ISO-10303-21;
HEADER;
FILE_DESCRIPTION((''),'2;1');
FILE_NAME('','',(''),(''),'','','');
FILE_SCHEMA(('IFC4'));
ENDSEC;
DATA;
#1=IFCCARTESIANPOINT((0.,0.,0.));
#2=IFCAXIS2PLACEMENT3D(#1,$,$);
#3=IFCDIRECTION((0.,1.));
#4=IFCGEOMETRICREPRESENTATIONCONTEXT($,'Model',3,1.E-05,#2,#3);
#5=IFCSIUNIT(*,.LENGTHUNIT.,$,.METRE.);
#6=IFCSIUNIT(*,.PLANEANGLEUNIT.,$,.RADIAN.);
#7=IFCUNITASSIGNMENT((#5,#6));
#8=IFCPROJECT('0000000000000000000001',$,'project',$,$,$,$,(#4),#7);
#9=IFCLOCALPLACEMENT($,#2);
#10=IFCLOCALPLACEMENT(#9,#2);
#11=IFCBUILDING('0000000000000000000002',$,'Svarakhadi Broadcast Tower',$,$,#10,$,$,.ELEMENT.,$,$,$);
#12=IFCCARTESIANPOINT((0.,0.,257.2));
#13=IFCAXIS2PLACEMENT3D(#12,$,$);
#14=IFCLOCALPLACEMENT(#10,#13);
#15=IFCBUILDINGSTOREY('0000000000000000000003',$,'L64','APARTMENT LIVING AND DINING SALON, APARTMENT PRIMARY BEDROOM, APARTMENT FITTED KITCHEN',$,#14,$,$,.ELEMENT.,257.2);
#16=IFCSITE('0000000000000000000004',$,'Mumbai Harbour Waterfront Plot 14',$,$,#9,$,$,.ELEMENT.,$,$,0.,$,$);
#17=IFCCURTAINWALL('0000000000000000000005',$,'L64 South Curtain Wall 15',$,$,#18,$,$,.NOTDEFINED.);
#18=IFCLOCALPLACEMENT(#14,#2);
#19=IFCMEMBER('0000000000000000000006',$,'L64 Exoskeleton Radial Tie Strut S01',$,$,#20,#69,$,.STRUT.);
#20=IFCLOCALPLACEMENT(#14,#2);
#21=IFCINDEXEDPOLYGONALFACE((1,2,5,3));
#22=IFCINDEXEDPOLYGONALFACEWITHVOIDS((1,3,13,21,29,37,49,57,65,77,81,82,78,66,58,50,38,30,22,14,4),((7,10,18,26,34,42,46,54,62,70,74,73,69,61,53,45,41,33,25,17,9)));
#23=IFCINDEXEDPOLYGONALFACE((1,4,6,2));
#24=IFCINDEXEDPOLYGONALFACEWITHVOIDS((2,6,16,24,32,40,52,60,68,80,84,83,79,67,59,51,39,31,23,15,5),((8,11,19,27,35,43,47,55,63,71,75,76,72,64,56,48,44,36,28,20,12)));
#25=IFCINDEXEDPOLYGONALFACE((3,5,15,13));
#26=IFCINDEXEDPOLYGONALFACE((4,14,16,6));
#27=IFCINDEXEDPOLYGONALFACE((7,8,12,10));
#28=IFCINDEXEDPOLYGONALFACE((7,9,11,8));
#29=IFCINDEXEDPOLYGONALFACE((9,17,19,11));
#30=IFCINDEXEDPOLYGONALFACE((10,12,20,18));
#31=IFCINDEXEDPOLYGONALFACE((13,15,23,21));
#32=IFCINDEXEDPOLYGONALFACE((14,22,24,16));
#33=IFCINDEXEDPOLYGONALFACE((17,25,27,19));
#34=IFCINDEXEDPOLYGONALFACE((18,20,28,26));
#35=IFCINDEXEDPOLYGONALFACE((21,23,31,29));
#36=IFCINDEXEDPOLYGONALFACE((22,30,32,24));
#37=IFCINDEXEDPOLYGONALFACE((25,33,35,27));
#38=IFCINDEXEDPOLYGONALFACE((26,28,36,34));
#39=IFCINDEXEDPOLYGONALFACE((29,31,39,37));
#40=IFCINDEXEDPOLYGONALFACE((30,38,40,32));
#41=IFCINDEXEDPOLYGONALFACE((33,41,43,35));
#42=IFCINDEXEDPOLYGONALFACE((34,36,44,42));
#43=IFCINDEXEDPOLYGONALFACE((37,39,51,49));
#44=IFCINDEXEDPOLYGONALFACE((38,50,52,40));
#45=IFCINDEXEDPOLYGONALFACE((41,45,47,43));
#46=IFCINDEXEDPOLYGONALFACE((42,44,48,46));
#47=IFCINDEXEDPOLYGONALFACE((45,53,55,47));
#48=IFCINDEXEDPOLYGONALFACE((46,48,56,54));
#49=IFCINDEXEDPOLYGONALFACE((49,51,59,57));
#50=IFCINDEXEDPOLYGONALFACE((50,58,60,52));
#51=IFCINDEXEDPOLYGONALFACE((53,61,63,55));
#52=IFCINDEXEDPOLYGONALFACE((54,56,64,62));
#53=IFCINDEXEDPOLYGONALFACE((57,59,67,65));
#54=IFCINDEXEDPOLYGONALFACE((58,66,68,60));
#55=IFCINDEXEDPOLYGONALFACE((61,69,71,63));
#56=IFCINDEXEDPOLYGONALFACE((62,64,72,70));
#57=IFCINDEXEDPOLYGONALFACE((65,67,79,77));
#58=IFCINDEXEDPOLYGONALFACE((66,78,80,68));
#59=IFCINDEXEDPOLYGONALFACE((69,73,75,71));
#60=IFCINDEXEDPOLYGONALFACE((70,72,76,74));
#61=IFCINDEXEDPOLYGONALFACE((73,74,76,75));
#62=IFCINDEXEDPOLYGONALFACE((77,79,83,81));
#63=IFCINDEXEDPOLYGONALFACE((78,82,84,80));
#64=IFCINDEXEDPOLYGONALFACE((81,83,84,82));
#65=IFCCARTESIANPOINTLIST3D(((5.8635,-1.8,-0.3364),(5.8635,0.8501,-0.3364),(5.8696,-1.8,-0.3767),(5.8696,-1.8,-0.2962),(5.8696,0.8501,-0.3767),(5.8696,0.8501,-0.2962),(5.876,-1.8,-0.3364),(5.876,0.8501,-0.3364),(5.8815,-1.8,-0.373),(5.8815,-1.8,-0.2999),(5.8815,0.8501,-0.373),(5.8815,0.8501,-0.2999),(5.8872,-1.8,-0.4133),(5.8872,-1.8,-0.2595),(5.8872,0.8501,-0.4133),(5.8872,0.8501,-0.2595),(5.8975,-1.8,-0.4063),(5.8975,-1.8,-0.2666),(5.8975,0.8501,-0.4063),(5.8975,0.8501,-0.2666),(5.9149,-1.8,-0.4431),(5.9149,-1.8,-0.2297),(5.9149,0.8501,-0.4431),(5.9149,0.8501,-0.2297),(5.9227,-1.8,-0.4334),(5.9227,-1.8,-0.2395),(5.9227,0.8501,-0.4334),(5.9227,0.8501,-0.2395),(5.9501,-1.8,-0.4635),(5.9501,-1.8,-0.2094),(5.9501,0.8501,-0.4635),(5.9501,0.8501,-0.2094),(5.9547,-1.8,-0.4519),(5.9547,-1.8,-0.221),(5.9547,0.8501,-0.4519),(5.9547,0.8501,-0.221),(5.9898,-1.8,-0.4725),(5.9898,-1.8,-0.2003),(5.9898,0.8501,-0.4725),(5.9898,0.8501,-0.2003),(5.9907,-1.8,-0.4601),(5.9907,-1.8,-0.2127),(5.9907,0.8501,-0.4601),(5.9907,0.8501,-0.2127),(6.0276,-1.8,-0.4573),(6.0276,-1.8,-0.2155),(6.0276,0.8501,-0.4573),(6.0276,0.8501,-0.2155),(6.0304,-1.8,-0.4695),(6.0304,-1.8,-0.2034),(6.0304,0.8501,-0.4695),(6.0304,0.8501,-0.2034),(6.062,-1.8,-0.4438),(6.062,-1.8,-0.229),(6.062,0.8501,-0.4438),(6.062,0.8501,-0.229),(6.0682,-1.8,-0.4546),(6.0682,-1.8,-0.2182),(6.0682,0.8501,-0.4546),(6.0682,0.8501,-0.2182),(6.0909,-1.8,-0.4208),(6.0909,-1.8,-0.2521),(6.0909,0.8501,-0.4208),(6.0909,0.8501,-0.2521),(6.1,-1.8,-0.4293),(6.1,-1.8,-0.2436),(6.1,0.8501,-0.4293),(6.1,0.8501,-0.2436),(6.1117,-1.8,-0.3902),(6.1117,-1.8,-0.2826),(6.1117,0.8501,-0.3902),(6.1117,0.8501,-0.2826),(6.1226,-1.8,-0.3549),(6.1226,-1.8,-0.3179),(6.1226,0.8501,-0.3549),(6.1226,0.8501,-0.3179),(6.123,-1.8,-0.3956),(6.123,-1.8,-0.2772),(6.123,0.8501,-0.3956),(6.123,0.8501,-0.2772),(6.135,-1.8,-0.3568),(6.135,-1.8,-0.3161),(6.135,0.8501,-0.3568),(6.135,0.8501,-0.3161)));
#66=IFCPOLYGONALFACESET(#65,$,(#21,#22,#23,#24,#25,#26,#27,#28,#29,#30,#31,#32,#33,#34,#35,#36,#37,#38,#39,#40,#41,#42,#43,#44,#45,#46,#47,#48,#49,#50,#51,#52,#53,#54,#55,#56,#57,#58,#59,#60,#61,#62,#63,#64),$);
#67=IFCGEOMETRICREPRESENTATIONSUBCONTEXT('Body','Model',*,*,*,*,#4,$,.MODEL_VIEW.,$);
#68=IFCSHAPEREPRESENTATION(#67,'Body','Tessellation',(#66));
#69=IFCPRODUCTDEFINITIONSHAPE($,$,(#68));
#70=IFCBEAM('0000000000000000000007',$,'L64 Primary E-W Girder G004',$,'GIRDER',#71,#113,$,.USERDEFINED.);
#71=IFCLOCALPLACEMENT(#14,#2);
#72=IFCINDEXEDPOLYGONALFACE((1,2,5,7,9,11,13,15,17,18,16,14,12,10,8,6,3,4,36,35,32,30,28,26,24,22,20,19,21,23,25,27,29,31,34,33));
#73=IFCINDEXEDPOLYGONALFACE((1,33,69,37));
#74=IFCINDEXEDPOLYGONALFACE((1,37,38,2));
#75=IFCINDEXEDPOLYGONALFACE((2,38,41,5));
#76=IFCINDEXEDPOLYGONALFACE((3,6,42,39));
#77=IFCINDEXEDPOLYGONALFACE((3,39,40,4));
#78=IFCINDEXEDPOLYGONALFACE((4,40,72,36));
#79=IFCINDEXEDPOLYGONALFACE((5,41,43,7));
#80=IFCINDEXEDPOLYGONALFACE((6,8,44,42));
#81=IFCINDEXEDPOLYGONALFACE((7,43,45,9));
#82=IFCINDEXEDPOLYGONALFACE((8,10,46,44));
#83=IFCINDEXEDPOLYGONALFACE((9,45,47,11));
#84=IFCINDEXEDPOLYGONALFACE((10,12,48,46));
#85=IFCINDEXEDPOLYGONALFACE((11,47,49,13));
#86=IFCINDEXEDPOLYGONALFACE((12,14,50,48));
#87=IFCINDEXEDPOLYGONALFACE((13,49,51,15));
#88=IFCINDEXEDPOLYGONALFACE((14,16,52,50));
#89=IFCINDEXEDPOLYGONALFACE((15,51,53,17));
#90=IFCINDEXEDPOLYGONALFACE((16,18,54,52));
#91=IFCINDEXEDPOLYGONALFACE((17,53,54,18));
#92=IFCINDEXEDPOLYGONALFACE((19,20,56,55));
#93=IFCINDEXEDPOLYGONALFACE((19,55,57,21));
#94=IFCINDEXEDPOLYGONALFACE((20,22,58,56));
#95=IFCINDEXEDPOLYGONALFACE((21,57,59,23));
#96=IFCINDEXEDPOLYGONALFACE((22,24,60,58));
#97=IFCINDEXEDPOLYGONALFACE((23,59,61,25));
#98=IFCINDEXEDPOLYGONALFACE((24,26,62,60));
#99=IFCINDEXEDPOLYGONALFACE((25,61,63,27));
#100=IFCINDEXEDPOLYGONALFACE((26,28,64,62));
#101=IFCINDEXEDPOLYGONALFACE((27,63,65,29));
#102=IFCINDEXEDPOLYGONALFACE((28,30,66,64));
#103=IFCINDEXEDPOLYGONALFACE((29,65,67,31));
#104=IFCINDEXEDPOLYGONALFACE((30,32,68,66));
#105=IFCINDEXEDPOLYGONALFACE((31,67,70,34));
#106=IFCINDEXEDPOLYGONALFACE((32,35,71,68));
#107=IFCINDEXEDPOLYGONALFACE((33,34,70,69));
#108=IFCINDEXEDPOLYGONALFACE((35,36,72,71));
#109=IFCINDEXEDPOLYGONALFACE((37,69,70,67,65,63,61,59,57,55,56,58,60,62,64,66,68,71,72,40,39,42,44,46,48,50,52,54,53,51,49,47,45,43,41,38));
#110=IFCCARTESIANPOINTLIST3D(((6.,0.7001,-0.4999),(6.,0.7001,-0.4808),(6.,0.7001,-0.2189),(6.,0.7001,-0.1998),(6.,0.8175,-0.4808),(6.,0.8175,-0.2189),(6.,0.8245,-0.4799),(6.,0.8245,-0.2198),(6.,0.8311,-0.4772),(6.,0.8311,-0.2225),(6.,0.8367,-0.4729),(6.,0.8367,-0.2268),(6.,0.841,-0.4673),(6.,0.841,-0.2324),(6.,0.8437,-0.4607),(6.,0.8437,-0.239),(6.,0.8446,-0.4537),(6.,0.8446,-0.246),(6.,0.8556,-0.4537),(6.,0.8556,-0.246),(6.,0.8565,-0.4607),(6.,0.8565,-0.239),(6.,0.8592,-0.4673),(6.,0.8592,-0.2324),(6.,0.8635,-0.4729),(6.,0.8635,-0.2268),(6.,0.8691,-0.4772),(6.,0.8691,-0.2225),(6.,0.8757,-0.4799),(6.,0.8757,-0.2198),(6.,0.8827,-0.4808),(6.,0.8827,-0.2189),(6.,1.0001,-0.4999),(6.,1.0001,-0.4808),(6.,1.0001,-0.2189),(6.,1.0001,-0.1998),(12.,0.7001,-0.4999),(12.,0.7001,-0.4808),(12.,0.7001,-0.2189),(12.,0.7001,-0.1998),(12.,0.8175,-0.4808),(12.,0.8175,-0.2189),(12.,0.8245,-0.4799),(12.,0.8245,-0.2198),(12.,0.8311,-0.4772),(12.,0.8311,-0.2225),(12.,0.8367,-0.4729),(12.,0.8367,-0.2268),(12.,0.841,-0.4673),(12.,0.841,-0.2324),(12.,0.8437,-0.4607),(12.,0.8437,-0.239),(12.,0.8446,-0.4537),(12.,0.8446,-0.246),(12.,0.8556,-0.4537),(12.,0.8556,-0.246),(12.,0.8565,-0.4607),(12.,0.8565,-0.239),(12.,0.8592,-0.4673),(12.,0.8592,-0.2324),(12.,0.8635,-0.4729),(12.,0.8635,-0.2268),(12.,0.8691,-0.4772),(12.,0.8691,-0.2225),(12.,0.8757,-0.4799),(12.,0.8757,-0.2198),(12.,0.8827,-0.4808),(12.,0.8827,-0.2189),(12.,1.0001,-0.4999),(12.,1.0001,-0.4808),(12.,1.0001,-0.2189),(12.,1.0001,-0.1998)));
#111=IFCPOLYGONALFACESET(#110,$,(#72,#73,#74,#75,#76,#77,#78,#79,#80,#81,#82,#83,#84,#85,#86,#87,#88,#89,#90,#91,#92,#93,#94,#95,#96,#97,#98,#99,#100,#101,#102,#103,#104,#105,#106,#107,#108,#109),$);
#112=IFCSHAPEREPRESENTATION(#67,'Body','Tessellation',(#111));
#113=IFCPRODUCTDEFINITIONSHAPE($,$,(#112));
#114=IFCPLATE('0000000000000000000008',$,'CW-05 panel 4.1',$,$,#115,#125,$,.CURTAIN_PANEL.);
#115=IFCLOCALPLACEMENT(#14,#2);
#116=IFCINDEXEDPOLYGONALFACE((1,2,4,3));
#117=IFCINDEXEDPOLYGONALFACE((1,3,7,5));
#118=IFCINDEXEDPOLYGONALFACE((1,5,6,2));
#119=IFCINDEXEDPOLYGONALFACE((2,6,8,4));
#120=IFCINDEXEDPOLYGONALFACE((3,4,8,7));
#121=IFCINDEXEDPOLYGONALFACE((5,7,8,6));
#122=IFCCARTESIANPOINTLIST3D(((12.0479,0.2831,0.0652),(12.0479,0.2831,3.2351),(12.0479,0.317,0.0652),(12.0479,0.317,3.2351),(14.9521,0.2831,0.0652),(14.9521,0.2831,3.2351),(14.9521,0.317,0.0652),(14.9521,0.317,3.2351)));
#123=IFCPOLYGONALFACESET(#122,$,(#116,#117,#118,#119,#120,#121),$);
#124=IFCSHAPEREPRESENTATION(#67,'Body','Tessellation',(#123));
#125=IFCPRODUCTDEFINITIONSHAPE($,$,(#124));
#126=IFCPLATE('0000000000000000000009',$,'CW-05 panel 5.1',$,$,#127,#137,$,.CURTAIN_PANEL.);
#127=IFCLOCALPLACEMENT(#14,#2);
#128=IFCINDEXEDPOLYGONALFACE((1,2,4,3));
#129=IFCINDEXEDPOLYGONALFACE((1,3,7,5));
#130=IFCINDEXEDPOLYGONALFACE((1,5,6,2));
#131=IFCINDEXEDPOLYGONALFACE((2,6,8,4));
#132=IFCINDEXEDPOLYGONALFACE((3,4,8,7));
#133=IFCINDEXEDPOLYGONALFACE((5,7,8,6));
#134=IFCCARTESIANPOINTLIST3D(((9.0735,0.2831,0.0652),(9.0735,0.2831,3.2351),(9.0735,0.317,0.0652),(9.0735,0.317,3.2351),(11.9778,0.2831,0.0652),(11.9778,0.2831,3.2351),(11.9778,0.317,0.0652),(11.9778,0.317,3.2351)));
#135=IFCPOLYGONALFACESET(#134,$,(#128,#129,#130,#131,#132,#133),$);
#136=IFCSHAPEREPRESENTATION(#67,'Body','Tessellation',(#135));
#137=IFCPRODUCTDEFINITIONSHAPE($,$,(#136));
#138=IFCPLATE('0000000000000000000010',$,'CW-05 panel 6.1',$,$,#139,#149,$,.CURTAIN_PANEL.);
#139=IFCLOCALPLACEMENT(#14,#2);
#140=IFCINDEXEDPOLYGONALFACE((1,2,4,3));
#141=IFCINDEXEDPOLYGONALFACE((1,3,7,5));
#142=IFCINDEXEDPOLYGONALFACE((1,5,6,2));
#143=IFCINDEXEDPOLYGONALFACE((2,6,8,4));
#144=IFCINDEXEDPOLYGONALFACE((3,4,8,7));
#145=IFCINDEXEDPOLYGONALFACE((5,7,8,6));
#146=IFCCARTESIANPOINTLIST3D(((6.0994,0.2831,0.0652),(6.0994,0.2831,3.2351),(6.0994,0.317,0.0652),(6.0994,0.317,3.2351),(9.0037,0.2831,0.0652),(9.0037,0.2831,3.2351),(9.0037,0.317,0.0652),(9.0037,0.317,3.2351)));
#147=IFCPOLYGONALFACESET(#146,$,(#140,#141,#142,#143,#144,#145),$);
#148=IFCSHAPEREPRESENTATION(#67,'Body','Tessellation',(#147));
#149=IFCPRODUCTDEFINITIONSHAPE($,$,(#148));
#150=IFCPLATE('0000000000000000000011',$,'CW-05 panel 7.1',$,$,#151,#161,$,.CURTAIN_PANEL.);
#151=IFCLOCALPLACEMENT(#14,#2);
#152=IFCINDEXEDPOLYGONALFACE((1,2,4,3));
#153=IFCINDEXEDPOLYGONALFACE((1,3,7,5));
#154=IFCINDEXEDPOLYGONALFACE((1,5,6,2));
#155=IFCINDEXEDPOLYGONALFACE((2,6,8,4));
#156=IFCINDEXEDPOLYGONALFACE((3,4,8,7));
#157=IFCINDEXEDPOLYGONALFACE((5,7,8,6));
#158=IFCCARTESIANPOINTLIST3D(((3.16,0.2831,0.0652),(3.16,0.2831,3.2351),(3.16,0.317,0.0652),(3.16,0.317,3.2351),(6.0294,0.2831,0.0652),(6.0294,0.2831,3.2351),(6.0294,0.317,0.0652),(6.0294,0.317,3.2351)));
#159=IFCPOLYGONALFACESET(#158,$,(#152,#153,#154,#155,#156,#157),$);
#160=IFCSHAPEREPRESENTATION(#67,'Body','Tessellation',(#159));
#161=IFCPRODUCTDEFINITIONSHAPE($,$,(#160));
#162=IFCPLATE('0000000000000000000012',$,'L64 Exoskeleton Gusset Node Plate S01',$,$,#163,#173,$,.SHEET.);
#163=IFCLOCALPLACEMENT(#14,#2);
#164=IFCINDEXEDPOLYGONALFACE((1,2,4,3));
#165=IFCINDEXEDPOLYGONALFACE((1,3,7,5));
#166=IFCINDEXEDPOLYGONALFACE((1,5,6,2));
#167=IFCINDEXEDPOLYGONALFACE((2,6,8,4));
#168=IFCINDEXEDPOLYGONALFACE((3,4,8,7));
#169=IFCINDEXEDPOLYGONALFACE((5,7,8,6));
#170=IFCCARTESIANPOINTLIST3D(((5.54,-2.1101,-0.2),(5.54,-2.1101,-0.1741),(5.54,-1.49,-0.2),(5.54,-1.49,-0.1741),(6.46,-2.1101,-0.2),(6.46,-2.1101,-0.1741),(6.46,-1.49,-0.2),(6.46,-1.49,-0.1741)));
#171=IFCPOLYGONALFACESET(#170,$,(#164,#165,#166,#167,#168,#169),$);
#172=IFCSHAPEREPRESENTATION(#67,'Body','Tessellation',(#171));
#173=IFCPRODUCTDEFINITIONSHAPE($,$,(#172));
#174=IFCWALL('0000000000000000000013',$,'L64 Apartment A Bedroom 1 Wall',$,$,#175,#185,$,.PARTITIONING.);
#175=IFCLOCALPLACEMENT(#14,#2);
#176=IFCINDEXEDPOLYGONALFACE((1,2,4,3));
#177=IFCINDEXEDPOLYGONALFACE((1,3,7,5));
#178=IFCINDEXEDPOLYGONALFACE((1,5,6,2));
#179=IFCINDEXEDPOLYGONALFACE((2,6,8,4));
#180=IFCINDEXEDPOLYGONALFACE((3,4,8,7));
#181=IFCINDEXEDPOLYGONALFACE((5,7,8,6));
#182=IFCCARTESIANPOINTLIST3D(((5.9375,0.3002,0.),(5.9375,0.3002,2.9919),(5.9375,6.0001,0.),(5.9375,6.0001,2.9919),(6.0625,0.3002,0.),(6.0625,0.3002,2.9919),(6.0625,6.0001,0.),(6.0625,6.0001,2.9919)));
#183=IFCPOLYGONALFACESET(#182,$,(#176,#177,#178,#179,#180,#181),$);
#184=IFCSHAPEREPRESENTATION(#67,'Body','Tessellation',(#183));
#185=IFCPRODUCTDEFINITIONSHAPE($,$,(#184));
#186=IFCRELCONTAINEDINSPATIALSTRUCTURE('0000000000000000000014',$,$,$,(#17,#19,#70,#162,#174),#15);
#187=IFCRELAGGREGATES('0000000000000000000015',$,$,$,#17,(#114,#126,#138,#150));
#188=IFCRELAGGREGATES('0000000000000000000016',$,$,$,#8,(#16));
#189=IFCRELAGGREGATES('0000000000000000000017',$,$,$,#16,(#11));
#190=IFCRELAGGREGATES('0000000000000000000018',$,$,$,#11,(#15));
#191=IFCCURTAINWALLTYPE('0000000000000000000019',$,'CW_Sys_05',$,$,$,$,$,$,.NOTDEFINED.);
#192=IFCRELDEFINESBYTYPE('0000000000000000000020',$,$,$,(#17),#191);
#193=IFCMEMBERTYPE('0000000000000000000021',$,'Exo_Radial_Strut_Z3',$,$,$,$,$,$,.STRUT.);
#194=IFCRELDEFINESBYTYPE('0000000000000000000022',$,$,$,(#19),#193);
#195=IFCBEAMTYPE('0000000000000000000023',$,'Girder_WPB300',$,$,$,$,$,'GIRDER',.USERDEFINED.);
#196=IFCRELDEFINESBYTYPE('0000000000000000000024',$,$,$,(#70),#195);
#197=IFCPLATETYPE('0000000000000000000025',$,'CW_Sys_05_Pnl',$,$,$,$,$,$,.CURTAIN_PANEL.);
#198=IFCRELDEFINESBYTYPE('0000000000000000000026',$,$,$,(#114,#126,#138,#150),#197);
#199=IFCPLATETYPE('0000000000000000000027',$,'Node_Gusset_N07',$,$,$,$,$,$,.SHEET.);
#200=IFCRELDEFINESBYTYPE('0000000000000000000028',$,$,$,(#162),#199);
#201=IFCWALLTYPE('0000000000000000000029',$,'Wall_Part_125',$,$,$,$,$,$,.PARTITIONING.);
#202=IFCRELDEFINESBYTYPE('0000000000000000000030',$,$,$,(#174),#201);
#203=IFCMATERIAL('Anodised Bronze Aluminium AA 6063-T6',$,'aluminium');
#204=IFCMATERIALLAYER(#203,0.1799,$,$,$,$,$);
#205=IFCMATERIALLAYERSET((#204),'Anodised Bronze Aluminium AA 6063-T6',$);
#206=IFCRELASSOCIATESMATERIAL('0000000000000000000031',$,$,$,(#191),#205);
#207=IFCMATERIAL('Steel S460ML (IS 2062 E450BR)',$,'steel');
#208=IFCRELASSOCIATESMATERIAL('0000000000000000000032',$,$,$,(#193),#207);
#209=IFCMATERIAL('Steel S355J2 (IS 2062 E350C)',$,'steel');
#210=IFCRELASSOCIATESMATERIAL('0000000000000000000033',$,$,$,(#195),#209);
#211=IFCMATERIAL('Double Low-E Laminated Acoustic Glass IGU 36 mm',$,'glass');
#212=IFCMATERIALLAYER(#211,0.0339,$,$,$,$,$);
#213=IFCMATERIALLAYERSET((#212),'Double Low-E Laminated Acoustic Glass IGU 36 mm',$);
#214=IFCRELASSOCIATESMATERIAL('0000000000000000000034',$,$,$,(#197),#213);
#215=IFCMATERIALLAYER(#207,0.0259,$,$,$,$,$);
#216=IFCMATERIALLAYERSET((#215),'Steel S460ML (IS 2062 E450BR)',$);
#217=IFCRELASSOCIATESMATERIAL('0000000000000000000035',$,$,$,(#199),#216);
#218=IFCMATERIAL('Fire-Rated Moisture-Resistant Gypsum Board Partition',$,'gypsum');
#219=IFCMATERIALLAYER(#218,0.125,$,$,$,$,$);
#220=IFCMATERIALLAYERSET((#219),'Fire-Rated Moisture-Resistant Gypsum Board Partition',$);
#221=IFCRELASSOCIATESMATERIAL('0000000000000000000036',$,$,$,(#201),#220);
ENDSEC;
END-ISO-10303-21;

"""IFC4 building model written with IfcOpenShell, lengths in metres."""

from ifc_helpers import new_model, si_unit, direction, frame, frame_2d, origin, origin_2d, place, context, subcontext, project, spatial, rectangle, hollow_circle, i_section, extrude, material, layer, layer_set, material_profile, profile_set, type_object, element, aggregate, save


model = new_model("IFC4")

# Units and contexts
model_context = context("Model", 3, precision=1e-05, world=origin(), true_north=direction((0.0, 1.0)))
body_context = subcontext(model_context, "Body", "Model", "MODEL_VIEW")
ifc_project = project(units=[si_unit("LENGTHUNIT", "METRE"), si_unit("PLANEANGLEUNIT", "RADIAN")], contexts=[model_context])

# Site, building, storey
site_placement = place(None, origin())
site = spatial("IfcSite", under=ifc_project, at=site_placement, Name="Mumbai Harbour Waterfront Plot 14", CompositionType="ELEMENT", RefElevation=0.0)
building_placement = place(site_placement, origin())
building = spatial("IfcBuilding", under=site, at=building_placement, Name="Svarakhadi Broadcast Tower", CompositionType="ELEMENT")
storey_placement = place(building_placement, frame((0.0, 0.0, 257.2)))
storey = spatial("IfcBuildingStorey", under=building, at=storey_placement, Name="L64", Description="APARTMENT LIVING AND DINING SALON, APARTMENT PRIMARY BEDROOM, APARTMENT FITTED KITCHEN", CompositionType="ELEMENT", Elevation=257.2)

# Shared definitions
ifc_material_1 = material(Name="Steel S460ML (IS 2062 E450BR)", Category="steel")

# Curtain wall
ifc_material_2 = material(Name="Anodised Bronze Aluminium AA 6063-T6", Category="aluminium")
ifc_layer_1 = layer(ifc_material_2, 0.1799)
ifc_layer_set_1 = layer_set([ifc_layer_1], Name="Anodised Bronze Aluminium AA 6063-T6")
curtain_wall_type = type_object("IfcCurtainWallType", Name="CW_Sys_05", PredefinedType="NOTDEFINED", material=ifc_layer_set_1)
curtain_wall_placement = place(storey_placement, origin())
curtain_wall = element("IfcCurtainWall", 1, at=curtain_wall_placement, inside=storey, type_object=curtain_wall_type, Name="L64 South Curtain Wall 15", PredefinedType="NOTDEFINED")

# Member
ifc_material_profile_1 = material_profile(ifc_material_1, hollow_circle(Radius=0.1365, WallThickness=0.0125, at=origin_2d()), Name="CHS 273x12.5")
ifc_profile_set_1 = profile_set([ifc_material_profile_1], Name="Steel S460ML (IS 2062 E450BR)")
member_type_1 = type_object("IfcMemberType", Name="Exo_Radial_Strut_Z3", PredefinedType="STRUT", material=ifc_profile_set_1)
member_1_placement = place(storey_placement, frame((6.0, -1.8, -0.3364), z_axis=(0.0, 1.0, 0.0), x_axis=(-1.0, 0.0, 0.0)))
element("IfcMember", 2, at=member_1_placement, inside=storey, type_object=member_type_1, Name="L64 Exoskeleton Radial Tie Strut S01", PredefinedType="STRUT", context=body_context, shape_type="SweptSolid", body=[
    extrude(hollow_circle(Radius=0.1365, WallThickness=0.0125, at=origin_2d()), origin(), (0.0, 0.0, 1.0), 2.6501),
])

# Beam
ifc_material_3 = material(Name="Steel S355J2 (IS 2062 E350C)", Category="steel")
ifc_material_profile_2 = material_profile(ifc_material_3, i_section(OverallWidth=0.3, OverallDepth=0.3, WebThickness=0.011, FlangeThickness=0.019, FilletRadius=0.0271, at=origin_2d()), Name="WPB 300x300x117")
ifc_profile_set_2 = profile_set([ifc_material_profile_2], Name="Steel S355J2 (IS 2062 E350C)")
beam_type = type_object("IfcBeamType", Name="Girder_WPB300", ElementType="GIRDER", PredefinedType="USERDEFINED", material=ifc_profile_set_2)
beam_placement = place(storey_placement, frame((6.0, 0.8501, -0.3499), z_axis=(1.0, 0.0, 0.0), x_axis=(0.0, 1.0, 0.0)))
element("IfcBeam", 3, at=beam_placement, inside=storey, type_object=beam_type, Name="L64 Primary E-W Girder G004", ObjectType="GIRDER", PredefinedType="USERDEFINED", context=body_context, shape_type="SweptSolid", body=[
    extrude(i_section(OverallWidth=0.3, OverallDepth=0.3, WebThickness=0.011, FlangeThickness=0.019, FilletRadius=0.0271, at=origin_2d()), origin(), (0.0, 0.0, 1.0), 6.0),
])

# Plates
ifc_material_4 = material(Name="Double Low-E Laminated Acoustic Glass IGU 36 mm", Category="glass")
ifc_layer_2 = layer(ifc_material_4, 0.0339)
ifc_layer_set_2 = layer_set([ifc_layer_2], Name="Double Low-E Laminated Acoustic Glass IGU 36 mm")
plate_type_1 = type_object("IfcPlateType", Name="CW_Sys_05_Pnl", PredefinedType="CURTAIN_PANEL", material=ifc_layer_set_2)
plate_1_placement = place(storey_placement, frame((13.5, 0.3, 0.0652), z_axis=(0.0, 0.0, 1.0), x_axis=(-1.0, 0.0, 0.0)))
plate_1 = element("IfcPlate", 4, at=plate_1_placement, type_object=plate_type_1, Name="CW-05 panel 4.1", PredefinedType="CURTAIN_PANEL", context=body_context, shape_type="SweptSolid", body=[
    extrude(rectangle(XDim=2.9043, YDim=0.0339, at=origin_2d()), origin(), (0.0, 0.0, 1.0), 3.1699),
])
plate_2_placement = place(storey_placement, frame((10.5256, 0.3, 0.0652), z_axis=(0.0, 0.0, 1.0), x_axis=(-1.0, 0.0, 0.0)))
plate_2 = element("IfcPlate", 5, at=plate_2_placement, type_object=plate_type_1, Name="CW-05 panel 5.1", PredefinedType="CURTAIN_PANEL", context=body_context, shape_type="SweptSolid", body=[
    extrude(rectangle(XDim=2.9043, YDim=0.0339, at=origin_2d()), origin(), (0.0, 0.0, 1.0), 3.1699),
])
plate_3_placement = place(storey_placement, frame((7.5515, 0.3, 0.0652), z_axis=(0.0, 0.0, 1.0), x_axis=(-1.0, 0.0, 0.0)))
plate_3 = element("IfcPlate", 6, at=plate_3_placement, type_object=plate_type_1, Name="CW-05 panel 6.1", PredefinedType="CURTAIN_PANEL", context=body_context, shape_type="SweptSolid", body=[
    extrude(rectangle(XDim=2.9043, YDim=0.0339, at=origin_2d()), origin(), (0.0, 0.0, 1.0), 3.1699),
])
plate_4_placement = place(storey_placement, frame((4.5947, 0.3, 0.0652), z_axis=(0.0, 0.0, 1.0), x_axis=(-1.0, 0.0, 0.0)))
plate_4 = element("IfcPlate", 7, at=plate_4_placement, type_object=plate_type_1, Name="CW-05 panel 7.1", PredefinedType="CURTAIN_PANEL", context=body_context, shape_type="SweptSolid", body=[
    extrude(rectangle(XDim=2.8694, YDim=0.0339, at=origin_2d()), origin(), (0.0, 0.0, 1.0), 3.1699),
])
aggregate(curtain_wall, [plate_1, plate_2, plate_3, plate_4])
ifc_layer_3 = layer(ifc_material_1, 0.0259)
ifc_layer_set_3 = layer_set([ifc_layer_3], Name="Steel S460ML (IS 2062 E450BR)")
plate_type_2 = type_object("IfcPlateType", Name="Node_Gusset_N07", PredefinedType="SHEET", material=ifc_layer_set_3)
plate_5_placement = place(storey_placement, frame((6.0, -1.8, -0.2), z_axis=(0.0, 0.0, 1.0), x_axis=(1.0, 0.0, 0.0)))
element("IfcPlate", 8, at=plate_5_placement, inside=storey, type_object=plate_type_2, Name="L64 Exoskeleton Gusset Node Plate S01", PredefinedType="SHEET", context=body_context, shape_type="SweptSolid", body=[
    extrude(rectangle(XDim=0.9199, YDim=0.6201, at=origin_2d()), origin(), (0.0, 0.0, 1.0), 0.0259),
])

# Wall
ifc_material_5 = material(Name="Fire-Rated Moisture-Resistant Gypsum Board Partition", Category="gypsum")
ifc_layer_4 = layer(ifc_material_5, 0.125)
ifc_layer_set_4 = layer_set([ifc_layer_4], Name="Fire-Rated Moisture-Resistant Gypsum Board Partition")
wall_type = type_object("IfcWallType", Name="Wall_Part_125", PredefinedType="PARTITIONING", material=ifc_layer_set_4)
wall_1_placement = place(storey_placement, frame((6.0, 0.3, 0.0), z_axis=(0.0, 0.0, 1.0), x_axis=(0.0, 1.0, 0.0)))
element("IfcWall", 9, at=wall_1_placement, inside=storey, type_object=wall_type, Name="L64 Apartment A Bedroom 1 Wall", PredefinedType="PARTITIONING", context=body_context, shape_type="SweptSolid", body=[
    extrude(rectangle(XDim=5.7, YDim=0.125, at=frame_2d((2.8501, 0.0))), origin(), (0.0, 0.0, 1.0), 2.9919),
])

save(model, "model.ifc")
